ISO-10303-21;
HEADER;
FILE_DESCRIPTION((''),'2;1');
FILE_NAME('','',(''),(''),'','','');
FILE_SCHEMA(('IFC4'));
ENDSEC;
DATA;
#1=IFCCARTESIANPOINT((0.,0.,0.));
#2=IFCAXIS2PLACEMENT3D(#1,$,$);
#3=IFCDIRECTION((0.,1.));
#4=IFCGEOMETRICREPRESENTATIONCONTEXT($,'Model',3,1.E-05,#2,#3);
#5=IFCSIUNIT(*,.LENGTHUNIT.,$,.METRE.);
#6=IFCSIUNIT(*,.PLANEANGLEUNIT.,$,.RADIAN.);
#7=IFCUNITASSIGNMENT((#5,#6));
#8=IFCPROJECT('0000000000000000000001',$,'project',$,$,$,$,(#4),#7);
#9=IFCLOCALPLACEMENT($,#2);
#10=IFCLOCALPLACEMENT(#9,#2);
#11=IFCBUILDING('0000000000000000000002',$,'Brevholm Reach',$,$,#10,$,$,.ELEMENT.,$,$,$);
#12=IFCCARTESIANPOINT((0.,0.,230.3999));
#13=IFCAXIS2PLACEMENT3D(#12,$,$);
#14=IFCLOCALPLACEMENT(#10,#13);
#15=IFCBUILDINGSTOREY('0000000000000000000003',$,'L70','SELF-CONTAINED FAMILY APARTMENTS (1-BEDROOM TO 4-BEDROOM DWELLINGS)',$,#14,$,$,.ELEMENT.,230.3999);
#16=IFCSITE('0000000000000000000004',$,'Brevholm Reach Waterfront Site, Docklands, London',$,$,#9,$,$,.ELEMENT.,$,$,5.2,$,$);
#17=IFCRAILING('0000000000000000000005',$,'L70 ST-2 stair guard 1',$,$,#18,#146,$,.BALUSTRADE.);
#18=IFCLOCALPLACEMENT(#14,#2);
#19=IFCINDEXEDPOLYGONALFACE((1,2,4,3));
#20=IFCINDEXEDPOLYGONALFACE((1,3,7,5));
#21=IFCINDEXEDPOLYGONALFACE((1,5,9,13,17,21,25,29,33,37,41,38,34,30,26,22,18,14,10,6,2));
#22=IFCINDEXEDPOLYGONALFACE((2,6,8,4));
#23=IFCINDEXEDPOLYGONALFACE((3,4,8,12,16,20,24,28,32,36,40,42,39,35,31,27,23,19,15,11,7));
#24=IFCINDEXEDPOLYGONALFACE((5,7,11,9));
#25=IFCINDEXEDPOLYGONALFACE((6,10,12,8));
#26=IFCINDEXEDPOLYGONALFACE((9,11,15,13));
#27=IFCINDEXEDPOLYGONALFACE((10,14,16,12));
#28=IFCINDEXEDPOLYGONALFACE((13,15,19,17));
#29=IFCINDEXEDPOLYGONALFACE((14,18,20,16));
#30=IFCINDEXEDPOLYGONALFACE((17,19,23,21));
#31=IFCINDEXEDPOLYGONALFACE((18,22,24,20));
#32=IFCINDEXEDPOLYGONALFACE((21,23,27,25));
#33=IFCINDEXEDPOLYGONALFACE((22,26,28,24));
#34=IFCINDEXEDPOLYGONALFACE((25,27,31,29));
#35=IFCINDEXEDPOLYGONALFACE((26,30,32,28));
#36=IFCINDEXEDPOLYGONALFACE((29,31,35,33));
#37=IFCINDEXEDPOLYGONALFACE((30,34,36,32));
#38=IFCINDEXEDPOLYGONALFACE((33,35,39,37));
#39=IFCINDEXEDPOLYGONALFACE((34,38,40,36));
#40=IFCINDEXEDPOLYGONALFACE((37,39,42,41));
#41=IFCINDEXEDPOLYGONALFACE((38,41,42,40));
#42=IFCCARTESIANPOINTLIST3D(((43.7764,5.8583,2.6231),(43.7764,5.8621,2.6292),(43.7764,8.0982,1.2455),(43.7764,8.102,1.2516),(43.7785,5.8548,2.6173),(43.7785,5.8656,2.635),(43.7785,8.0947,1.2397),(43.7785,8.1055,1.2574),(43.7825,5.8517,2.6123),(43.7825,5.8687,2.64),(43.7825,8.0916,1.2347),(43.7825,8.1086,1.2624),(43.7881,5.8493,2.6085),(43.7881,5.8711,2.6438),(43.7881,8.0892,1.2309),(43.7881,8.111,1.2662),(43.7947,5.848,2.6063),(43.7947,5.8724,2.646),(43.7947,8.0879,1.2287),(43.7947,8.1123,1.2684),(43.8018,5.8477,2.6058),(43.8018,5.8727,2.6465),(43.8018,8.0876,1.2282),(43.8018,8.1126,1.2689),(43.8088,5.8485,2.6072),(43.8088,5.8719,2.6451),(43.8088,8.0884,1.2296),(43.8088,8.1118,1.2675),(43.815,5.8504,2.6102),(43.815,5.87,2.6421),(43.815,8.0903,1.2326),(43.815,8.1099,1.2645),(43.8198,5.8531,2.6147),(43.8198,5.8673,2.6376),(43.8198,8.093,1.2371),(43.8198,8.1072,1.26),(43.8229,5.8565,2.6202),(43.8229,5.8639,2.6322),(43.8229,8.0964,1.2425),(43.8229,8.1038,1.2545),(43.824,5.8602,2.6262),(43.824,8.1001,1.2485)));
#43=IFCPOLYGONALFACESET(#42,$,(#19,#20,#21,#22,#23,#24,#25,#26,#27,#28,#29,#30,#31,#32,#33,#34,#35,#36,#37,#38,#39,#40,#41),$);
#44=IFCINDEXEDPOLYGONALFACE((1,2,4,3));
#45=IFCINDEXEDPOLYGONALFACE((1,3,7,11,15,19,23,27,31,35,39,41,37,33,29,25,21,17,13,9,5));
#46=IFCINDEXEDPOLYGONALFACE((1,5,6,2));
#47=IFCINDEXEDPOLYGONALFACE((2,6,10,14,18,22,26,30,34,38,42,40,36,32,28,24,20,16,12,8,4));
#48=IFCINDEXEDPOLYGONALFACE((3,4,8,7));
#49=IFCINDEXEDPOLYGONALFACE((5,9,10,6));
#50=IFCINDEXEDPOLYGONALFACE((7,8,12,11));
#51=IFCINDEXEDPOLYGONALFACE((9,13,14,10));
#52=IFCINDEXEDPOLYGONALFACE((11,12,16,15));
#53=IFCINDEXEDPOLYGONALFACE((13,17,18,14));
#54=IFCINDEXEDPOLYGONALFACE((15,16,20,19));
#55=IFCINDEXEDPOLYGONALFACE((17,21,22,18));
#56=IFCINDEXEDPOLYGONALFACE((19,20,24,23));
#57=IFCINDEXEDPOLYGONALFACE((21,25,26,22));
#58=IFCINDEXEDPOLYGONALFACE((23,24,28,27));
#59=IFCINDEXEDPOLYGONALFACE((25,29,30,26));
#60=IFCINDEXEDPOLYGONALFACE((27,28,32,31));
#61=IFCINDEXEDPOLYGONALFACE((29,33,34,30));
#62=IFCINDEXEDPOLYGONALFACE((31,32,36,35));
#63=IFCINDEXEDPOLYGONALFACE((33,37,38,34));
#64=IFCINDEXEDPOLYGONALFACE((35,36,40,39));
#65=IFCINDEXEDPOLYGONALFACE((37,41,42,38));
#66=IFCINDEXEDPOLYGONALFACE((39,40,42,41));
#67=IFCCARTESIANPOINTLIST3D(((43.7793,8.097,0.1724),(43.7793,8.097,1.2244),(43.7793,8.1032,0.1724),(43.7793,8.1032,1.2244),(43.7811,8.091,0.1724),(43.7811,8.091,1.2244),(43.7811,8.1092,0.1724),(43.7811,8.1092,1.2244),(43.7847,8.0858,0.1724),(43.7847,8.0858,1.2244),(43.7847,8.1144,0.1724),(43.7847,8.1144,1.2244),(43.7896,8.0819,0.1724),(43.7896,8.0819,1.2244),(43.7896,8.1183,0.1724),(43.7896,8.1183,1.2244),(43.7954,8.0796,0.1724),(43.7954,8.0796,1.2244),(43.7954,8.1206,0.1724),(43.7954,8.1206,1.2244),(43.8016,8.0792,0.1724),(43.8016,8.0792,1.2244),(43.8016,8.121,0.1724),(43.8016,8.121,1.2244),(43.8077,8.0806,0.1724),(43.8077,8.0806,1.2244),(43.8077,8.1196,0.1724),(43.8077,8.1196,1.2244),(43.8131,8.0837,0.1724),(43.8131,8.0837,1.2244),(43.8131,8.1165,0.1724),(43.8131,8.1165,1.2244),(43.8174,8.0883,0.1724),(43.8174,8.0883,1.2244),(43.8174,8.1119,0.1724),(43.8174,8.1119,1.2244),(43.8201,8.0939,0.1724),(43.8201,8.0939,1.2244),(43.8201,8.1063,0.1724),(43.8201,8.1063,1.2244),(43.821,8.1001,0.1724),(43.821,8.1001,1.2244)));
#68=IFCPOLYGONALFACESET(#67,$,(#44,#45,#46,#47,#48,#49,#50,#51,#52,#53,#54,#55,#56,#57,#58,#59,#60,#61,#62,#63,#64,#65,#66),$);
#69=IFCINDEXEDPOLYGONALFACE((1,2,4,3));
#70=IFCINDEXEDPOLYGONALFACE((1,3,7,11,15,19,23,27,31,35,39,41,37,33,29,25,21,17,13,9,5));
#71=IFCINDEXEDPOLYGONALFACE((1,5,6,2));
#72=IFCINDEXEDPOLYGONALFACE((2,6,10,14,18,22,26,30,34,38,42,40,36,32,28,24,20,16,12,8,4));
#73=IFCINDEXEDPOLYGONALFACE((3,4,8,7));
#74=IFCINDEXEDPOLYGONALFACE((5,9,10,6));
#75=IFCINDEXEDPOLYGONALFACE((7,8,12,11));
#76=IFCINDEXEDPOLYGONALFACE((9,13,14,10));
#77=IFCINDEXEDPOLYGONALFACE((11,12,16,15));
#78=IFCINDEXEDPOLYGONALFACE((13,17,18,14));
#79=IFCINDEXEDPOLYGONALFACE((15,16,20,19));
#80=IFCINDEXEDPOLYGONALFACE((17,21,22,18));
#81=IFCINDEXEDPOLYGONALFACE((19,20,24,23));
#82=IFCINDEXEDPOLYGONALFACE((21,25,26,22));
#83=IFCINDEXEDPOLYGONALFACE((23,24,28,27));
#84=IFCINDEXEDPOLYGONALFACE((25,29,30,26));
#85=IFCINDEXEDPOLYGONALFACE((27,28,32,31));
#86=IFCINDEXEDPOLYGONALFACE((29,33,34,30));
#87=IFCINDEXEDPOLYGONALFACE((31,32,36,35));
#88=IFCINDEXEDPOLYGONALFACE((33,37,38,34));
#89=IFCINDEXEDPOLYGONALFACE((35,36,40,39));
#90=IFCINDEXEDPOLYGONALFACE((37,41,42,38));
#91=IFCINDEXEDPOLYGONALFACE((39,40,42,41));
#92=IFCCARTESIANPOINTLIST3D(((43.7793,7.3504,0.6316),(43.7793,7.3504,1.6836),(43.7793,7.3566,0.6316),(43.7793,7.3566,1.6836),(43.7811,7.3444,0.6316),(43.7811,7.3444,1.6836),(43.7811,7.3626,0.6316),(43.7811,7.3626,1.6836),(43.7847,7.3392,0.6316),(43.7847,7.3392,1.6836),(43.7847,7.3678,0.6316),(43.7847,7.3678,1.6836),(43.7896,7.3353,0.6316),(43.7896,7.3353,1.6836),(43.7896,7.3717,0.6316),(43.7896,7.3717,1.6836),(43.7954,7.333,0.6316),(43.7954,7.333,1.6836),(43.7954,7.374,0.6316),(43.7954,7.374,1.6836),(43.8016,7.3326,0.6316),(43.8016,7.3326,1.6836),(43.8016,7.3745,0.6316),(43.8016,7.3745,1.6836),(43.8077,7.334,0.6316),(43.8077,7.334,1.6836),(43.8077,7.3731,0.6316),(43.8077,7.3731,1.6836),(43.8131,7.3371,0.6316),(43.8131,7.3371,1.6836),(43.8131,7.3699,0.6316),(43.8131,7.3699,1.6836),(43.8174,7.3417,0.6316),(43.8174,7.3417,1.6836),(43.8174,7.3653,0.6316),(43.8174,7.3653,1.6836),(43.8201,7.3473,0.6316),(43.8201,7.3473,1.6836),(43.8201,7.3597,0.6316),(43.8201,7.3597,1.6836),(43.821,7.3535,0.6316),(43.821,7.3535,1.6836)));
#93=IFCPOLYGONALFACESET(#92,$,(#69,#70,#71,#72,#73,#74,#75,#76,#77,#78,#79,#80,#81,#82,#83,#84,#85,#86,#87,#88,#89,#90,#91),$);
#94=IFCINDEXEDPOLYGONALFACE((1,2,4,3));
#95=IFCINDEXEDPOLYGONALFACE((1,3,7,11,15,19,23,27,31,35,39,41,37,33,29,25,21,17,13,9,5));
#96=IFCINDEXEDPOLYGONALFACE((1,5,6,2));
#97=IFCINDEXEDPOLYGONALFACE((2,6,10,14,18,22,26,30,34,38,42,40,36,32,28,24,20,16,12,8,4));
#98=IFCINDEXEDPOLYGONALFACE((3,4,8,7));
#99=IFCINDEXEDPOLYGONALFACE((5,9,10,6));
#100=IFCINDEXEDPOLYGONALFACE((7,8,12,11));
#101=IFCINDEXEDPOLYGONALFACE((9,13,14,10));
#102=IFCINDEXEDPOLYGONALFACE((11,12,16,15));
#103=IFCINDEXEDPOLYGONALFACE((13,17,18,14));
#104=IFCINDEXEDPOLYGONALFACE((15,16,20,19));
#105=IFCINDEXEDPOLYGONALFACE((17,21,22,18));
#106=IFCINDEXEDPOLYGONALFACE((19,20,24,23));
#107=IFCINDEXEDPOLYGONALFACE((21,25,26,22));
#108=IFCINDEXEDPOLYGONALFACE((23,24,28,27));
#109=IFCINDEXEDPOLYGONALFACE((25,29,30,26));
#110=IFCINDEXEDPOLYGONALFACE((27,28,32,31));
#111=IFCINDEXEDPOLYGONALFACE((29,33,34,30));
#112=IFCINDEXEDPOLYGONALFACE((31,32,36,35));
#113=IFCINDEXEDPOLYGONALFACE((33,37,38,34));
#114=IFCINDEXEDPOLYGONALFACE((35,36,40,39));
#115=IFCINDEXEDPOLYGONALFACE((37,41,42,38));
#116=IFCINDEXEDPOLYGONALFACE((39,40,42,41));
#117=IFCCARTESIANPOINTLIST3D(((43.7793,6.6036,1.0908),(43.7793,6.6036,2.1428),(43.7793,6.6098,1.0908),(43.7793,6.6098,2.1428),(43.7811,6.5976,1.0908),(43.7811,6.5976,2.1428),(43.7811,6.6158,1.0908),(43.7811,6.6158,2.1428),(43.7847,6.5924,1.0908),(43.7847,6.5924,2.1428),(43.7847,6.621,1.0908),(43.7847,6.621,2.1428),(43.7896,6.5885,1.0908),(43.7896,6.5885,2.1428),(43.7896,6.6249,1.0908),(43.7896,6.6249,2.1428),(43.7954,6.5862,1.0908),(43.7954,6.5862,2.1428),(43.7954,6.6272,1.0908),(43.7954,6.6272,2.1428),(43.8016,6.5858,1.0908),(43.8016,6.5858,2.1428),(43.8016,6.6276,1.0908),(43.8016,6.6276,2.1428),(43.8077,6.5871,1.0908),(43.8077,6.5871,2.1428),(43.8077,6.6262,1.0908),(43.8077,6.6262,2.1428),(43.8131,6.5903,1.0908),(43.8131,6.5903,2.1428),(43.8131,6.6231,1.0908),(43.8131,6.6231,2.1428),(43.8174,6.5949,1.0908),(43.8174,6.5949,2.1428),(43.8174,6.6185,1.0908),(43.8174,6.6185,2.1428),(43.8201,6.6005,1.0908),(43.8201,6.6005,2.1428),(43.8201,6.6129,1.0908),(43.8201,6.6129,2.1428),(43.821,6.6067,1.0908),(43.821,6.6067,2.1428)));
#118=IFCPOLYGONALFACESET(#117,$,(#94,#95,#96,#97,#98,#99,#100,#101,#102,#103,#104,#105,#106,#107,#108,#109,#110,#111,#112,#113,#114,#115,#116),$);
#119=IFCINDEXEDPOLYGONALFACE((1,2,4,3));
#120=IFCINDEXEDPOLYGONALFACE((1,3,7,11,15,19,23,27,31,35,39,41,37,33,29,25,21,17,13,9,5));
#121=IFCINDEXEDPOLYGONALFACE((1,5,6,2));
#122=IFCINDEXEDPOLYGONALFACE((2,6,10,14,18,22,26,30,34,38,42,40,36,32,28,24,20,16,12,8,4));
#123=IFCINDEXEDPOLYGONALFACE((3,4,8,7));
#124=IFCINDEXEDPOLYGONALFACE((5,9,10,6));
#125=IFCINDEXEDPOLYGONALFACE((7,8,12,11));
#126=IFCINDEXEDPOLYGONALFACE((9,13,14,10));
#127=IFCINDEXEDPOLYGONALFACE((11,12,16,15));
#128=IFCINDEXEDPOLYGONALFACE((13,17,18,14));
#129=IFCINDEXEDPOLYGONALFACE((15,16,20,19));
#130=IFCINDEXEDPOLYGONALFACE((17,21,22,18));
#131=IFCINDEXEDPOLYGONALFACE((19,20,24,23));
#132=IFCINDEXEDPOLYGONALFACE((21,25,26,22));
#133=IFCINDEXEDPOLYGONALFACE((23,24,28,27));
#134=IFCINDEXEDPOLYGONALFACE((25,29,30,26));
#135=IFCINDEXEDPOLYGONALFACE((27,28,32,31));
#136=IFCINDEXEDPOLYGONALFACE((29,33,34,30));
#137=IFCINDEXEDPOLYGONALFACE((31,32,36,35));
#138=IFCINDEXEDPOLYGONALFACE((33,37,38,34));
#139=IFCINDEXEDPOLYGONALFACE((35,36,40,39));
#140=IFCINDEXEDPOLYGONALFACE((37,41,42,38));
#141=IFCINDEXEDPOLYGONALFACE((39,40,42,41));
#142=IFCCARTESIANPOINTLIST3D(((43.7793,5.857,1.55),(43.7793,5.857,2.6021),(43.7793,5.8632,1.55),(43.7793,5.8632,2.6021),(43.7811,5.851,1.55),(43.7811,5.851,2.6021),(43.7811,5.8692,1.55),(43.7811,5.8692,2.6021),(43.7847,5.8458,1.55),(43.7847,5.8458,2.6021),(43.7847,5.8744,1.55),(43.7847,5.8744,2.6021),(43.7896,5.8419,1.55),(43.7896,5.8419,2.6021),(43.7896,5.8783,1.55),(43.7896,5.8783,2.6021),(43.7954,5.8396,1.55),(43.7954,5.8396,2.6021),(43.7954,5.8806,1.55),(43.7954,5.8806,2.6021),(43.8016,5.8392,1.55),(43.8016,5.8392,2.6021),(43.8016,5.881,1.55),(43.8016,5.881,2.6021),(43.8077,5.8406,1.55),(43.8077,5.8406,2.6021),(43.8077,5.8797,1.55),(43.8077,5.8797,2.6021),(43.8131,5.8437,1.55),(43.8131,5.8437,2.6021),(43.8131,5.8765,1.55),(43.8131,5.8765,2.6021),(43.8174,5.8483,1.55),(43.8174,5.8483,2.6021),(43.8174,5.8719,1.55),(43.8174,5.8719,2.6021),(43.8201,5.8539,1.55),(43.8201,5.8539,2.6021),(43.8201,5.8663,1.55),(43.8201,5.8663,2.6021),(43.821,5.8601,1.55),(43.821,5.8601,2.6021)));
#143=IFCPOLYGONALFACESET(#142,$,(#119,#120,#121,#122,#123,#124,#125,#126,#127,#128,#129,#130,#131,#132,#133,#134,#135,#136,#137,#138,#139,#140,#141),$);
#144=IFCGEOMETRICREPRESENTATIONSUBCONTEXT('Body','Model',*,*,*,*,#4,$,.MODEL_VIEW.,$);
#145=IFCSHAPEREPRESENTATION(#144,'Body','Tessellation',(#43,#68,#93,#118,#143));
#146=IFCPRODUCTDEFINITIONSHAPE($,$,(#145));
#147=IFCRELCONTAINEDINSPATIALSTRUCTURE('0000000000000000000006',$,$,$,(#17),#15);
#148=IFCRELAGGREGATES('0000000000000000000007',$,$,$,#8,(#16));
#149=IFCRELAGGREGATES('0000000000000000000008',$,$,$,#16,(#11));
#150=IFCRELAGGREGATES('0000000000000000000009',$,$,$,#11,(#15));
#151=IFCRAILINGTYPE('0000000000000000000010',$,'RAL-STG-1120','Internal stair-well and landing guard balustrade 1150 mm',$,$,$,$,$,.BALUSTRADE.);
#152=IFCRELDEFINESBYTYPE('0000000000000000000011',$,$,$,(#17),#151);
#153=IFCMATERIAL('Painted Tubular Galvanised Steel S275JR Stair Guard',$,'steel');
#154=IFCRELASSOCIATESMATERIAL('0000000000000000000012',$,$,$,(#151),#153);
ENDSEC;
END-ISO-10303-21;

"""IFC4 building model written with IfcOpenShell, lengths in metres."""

from ifc_helpers import new_model, si_unit, direction, frame, origin, origin_2d, place, context, subcontext, project, spatial, circle, extrude, material, type_object, element, save


model = new_model("IFC4")

# Units and contexts
model_context = context("Model", 3, precision=1e-05, world=origin(), true_north=direction((0.0, 1.0)))
body_context = subcontext(model_context, "Body", "Model", "MODEL_VIEW")
ifc_project = project(units=[si_unit("LENGTHUNIT", "METRE"), si_unit("PLANEANGLEUNIT", "RADIAN")], contexts=[model_context])

# Site, building, storey
site_placement = place(None, origin())
site = spatial("IfcSite", under=ifc_project, at=site_placement, Name="Brevholm Reach Waterfront Site, Docklands, London", CompositionType="ELEMENT", RefElevation=5.2)
building_placement = place(site_placement, origin())
building = spatial("IfcBuilding", under=site, at=building_placement, Name="Brevholm Reach", CompositionType="ELEMENT")
storey_placement = place(building_placement, frame((0.0, 0.0, 230.3999)))
storey = spatial("IfcBuildingStorey", under=building, at=storey_placement, Name="L70", Description="SELF-CONTAINED FAMILY APARTMENTS (1-BEDROOM TO 4-BEDROOM DWELLINGS)", CompositionType="ELEMENT", Elevation=230.3999)

# Railing
ifc_material_1 = material(Name="Painted Tubular Galvanised Steel S275JR Stair Guard", Category="steel")
railing_type_1 = type_object("IfcRailingType", Name="RAL-STG-1120", Description="Internal stair-well and landing guard balustrade 1150 mm", PredefinedType="BALUSTRADE", material=ifc_material_1)
railing_1_placement = place(storey_placement, frame((43.8, 8.1001, 0.1724)))
element("IfcRailing", 1, at=railing_1_placement, inside=storey, type_object=railing_type_1, Name="L70 ST-2 stair guard 1", PredefinedType="BALUSTRADE", context=body_context, shape_type="SweptSolid", body=[
    extrude(circle(Radius=0.0239, at=origin_2d()), frame((0.0, 0.0, 1.0762), z_axis=(0.0, -0.851789, 0.523885), x_axis=(1.0, 0.0, 0.0)), (0.0, 0.0, 1.0), 2.6296),
    extrude(circle(Radius=0.021, at=origin_2d()), origin(), (0.0, 0.0, 1.0), 1.052),
    extrude(circle(Radius=0.021, at=origin_2d()), frame((0.0, -0.7466, 0.4592)), (0.0, 0.0, 1.0), 1.052),
    extrude(circle(Radius=0.021, at=origin_2d()), frame((0.0, -1.4934, 0.9185)), (0.0, 0.0, 1.0), 1.052),
    extrude(circle(Radius=0.021, at=origin_2d()), frame((0.0, -2.24, 1.3777)), (0.0, 0.0, 1.0), 1.052),
])

save(model, "model.ifc")
